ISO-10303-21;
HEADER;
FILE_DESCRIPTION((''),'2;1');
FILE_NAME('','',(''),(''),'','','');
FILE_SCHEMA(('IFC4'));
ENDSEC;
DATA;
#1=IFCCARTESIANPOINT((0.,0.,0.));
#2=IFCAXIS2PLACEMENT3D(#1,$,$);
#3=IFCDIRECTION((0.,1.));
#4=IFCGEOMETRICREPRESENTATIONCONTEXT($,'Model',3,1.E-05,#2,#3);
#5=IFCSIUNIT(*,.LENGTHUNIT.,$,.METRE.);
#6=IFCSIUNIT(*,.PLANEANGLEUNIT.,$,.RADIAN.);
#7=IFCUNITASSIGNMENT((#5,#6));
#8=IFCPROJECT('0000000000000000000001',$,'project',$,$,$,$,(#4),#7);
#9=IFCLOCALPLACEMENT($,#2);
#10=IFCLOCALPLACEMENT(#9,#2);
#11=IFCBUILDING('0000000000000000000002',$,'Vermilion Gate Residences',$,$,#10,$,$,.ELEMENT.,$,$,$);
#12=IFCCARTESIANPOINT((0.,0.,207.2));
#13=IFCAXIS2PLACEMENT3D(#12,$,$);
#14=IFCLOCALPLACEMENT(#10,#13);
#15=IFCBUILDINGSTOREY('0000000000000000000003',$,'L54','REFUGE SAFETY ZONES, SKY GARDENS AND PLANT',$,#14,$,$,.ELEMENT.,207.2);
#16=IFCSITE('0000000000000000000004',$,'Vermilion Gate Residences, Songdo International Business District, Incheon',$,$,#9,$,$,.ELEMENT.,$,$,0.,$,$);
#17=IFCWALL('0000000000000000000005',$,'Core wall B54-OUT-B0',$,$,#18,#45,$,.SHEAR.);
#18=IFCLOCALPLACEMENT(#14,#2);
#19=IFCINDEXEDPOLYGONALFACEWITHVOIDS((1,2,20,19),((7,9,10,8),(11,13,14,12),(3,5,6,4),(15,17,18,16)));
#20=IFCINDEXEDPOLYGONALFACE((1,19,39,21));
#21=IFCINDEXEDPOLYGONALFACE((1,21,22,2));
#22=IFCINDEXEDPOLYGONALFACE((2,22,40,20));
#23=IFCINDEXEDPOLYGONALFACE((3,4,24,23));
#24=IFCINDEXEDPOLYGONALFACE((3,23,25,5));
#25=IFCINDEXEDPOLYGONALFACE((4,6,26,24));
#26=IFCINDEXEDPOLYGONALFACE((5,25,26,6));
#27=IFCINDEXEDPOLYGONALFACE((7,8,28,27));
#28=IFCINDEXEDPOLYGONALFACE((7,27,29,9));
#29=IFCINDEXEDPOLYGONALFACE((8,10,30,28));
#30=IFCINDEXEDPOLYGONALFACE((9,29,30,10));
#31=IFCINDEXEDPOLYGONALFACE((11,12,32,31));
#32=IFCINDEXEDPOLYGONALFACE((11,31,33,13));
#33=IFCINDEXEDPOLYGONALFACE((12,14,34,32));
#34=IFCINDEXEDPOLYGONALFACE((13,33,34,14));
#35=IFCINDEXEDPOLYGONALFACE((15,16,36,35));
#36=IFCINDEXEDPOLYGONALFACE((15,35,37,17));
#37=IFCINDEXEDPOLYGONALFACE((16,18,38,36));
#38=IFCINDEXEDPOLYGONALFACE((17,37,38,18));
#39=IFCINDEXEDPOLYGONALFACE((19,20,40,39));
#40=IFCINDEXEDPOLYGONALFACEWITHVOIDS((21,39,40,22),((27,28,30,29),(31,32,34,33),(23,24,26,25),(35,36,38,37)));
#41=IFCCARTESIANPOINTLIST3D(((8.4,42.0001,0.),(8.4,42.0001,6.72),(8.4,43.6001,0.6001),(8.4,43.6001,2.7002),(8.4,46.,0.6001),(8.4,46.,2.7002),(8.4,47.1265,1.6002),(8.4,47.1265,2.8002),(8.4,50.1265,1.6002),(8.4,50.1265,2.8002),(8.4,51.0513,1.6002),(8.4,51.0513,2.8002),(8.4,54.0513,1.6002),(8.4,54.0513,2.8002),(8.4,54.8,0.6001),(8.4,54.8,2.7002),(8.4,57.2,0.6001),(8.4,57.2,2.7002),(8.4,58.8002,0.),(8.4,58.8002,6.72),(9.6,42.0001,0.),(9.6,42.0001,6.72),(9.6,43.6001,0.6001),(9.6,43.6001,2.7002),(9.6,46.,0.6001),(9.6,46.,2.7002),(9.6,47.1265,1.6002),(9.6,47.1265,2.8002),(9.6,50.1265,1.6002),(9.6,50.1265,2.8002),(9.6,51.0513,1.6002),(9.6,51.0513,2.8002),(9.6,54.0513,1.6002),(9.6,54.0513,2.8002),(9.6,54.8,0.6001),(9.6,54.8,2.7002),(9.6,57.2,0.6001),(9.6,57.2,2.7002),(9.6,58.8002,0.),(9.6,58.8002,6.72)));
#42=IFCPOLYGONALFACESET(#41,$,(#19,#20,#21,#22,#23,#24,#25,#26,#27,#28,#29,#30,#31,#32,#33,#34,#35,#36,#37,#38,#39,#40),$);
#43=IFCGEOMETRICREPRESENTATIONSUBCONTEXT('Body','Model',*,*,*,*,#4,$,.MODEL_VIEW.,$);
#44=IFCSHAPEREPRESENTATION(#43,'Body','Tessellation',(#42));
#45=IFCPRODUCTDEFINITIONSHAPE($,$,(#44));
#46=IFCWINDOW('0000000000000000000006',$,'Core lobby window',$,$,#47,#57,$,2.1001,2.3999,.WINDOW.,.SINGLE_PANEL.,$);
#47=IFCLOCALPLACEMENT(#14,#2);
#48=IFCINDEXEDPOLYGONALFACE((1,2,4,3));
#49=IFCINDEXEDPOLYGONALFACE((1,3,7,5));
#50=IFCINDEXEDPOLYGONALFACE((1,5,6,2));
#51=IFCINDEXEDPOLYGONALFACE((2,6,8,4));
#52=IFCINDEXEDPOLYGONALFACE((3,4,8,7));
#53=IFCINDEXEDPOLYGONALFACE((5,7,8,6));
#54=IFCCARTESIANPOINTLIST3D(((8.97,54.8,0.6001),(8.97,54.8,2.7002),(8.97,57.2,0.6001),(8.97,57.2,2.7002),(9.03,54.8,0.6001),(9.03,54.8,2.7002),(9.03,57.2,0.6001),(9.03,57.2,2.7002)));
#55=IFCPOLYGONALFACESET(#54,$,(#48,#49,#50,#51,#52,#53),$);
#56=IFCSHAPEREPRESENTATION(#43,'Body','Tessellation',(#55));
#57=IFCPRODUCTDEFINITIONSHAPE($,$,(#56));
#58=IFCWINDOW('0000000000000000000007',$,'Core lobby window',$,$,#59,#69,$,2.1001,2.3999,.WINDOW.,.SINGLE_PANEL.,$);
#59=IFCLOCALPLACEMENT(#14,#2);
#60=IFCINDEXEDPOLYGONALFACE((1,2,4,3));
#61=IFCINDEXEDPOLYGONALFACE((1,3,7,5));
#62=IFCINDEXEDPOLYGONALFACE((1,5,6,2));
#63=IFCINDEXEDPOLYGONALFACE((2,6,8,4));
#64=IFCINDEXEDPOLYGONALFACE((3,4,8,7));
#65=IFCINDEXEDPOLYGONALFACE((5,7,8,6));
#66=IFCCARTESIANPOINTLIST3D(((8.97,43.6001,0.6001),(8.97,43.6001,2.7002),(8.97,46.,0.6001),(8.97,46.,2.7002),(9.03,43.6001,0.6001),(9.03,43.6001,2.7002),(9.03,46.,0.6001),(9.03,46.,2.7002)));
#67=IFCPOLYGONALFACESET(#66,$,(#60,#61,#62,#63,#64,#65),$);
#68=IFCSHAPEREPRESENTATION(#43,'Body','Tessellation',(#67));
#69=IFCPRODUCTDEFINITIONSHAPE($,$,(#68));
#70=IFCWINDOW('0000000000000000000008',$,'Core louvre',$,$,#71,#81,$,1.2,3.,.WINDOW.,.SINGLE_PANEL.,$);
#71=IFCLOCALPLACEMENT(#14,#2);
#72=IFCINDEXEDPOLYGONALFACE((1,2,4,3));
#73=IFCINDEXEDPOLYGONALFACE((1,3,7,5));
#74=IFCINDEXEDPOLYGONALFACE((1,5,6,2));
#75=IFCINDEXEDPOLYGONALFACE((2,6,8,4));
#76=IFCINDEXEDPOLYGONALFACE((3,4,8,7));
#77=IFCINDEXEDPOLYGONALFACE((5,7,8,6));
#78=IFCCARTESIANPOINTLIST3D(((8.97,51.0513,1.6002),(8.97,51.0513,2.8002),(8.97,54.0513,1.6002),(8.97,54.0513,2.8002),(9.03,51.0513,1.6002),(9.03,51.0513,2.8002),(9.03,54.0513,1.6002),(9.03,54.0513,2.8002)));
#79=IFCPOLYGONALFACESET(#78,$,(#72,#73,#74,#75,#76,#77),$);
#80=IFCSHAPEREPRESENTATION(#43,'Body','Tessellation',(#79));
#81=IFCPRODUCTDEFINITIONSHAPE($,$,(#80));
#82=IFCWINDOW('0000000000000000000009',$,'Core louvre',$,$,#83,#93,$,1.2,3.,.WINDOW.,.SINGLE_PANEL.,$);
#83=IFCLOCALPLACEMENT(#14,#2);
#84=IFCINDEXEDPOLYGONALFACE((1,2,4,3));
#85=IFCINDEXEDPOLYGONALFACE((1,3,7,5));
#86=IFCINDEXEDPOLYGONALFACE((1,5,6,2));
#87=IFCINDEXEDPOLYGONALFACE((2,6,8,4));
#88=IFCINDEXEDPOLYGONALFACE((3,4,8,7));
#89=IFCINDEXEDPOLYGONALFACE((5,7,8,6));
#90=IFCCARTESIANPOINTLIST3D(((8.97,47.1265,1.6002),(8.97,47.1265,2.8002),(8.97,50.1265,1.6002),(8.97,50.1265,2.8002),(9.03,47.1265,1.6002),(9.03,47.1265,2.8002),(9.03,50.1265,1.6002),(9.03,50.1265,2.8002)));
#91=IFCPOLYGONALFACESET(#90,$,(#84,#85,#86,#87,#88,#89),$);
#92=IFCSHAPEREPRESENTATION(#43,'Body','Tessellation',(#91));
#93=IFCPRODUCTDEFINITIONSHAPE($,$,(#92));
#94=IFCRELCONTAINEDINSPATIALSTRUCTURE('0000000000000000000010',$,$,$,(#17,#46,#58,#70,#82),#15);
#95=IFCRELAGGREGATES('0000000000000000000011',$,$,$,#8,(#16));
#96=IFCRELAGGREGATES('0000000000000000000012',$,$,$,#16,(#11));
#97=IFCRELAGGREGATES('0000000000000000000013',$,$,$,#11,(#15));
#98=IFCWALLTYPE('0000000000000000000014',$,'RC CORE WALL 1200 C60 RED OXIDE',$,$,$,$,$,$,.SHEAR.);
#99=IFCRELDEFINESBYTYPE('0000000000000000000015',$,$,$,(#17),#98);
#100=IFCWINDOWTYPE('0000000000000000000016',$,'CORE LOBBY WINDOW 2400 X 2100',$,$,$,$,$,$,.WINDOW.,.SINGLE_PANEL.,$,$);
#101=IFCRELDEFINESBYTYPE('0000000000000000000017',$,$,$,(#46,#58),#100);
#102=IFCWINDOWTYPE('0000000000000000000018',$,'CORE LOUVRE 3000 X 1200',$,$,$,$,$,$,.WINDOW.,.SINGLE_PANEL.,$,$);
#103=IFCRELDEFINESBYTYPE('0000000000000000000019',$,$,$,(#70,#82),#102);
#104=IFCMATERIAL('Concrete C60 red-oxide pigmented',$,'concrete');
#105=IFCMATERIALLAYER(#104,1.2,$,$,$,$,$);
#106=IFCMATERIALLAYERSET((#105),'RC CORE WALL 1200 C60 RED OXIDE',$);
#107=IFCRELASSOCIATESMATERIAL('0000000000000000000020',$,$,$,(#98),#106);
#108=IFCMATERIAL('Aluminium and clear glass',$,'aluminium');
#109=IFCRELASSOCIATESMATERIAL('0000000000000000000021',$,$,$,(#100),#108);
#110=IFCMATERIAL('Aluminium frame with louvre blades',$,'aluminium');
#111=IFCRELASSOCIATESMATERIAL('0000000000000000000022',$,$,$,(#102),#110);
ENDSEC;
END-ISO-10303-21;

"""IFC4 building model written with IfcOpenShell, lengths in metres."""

from ifc_helpers import new_model, si_unit, direction, frame, frame_2d, origin, place, context, subcontext, project, spatial, rectangle, extrude, material, layer, layer_set, type_object, element, fill, save


model = new_model("IFC4")

# Units and contexts
model_context = context("Model", 3, precision=1e-05, world=origin(), true_north=direction((0.0, 1.0)))
body_context = subcontext(model_context, "Body", "Model", "MODEL_VIEW")
ifc_project = project(units=[si_unit("LENGTHUNIT", "METRE"), si_unit("PLANEANGLEUNIT", "RADIAN")], contexts=[model_context])

# Site, building, storey
site_placement = place(None, origin())
site = spatial("IfcSite", under=ifc_project, at=site_placement, Name="Vermilion Gate Residences, Songdo International Business District, Incheon", CompositionType="ELEMENT", RefElevation=0.0)
building_placement = place(site_placement, origin())
building = spatial("IfcBuilding", under=site, at=building_placement, Name="Vermilion Gate Residences", CompositionType="ELEMENT")
storey_placement = place(building_placement, frame((0.0, 0.0, 207.2)))
storey = spatial("IfcBuildingStorey", under=building, at=storey_placement, Name="L54", Description="REFUGE SAFETY ZONES, SKY GARDENS AND PLANT", CompositionType="ELEMENT", Elevation=207.2)

# Wall, openings, windows
ifc_material_1 = material(Name="Concrete C60 red-oxide pigmented", Category="concrete")
ifc_layer_1 = layer(ifc_material_1, 1.2)
ifc_layer_set_1 = layer_set([ifc_layer_1], Name="RC CORE WALL 1200 C60 RED OXIDE")
wall_type_1 = type_object("IfcWallType", Name="RC CORE WALL 1200 C60 RED OXIDE", PredefinedType="SHEAR", material=ifc_layer_set_1)
wall_1_placement = place(storey_placement, frame((9.0, 58.8, 0.0), z_axis=(0.0, 0.0, 1.0), x_axis=(0.0, -1.0, 0.0)))
wall_1 = element("IfcWall", 1, at=wall_1_placement, inside=storey, type_object=wall_type_1, Name="Core wall B54-OUT-B0", PredefinedType="SHEAR", context=body_context, shape_type="SweptSolid", body=[
    extrude(rectangle(XDim=16.8, YDim=1.2, at=frame_2d((8.3999, 0.0))), origin(), (0.0, 0.0, 1.0), 6.72),
])
opening_1_placement = place(wall_1_placement, frame((1.6001, 0.0, 0.6001)))
opening_1 = element("IfcOpeningElement", 2, at=opening_1_placement, cuts=wall_1, PredefinedType="OPENING", context=body_context, shape_type="SweptSolid", body=[
    extrude(rectangle(XDim=2.3999, YDim=2.1001, at=frame_2d((1.2, 1.05))), frame((0.0, 0.6099, 0.0), z_axis=(0.0, -1.0, 0.0), x_axis=(1.0, 0.0, 0.0)), (0.0, 0.0, 1.0), 1.22),
])
opening_2_placement = place(wall_1_placement, frame((4.7488, 0.0, 1.6001)))
opening_2 = element("IfcOpeningElement", 3, at=opening_2_placement, cuts=wall_1, PredefinedType="OPENING", context=body_context, shape_type="SweptSolid", body=[
    extrude(rectangle(XDim=3.0, YDim=1.2, at=frame_2d((1.5, 0.6001))), frame((0.0, 0.6099, 0.0), z_axis=(0.0, -1.0, 0.0), x_axis=(1.0, 0.0, 0.0)), (0.0, 0.0, 1.0), 1.22),
])
opening_3_placement = place(wall_1_placement, frame((8.6736, 0.0, 1.6001)))
opening_3 = element("IfcOpeningElement", 4, at=opening_3_placement, cuts=wall_1, PredefinedType="OPENING", context=body_context, shape_type="SweptSolid", body=[
    extrude(rectangle(XDim=3.0, YDim=1.2, at=frame_2d((1.5, 0.6001))), frame((0.0, 0.6099, 0.0), z_axis=(0.0, -1.0, 0.0), x_axis=(1.0, 0.0, 0.0)), (0.0, 0.0, 1.0), 1.22),
])
opening_4_placement = place(wall_1_placement, frame((12.8, 0.0, 0.6001)))
opening_4 = element("IfcOpeningElement", 5, at=opening_4_placement, cuts=wall_1, PredefinedType="OPENING", context=body_context, shape_type="SweptSolid", body=[
    extrude(rectangle(XDim=2.3999, YDim=2.1001, at=frame_2d((1.2, 1.05))), frame((0.0, 0.6099, 0.0), z_axis=(0.0, -1.0, 0.0), x_axis=(1.0, 0.0, 0.0)), (0.0, 0.0, 1.0), 1.22),
])
ifc_material_2 = material(Name="Aluminium and clear glass", Category="aluminium")
window_type_1 = type_object("IfcWindowType", Name="CORE LOBBY WINDOW 2400 X 2100", PartitioningType="SINGLE_PANEL", PredefinedType="WINDOW", material=ifc_material_2)
window_1_placement = place(opening_1_placement, origin())
window_1 = element("IfcWindow", 6, at=window_1_placement, inside=storey, type_object=window_type_1, Name="Core lobby window", OverallHeight=2.1001, OverallWidth=2.3999, PartitioningType="SINGLE_PANEL", PredefinedType="WINDOW", context=body_context, shape_type="SweptSolid", body=[
    extrude(rectangle(XDim=2.3999, YDim=2.1001, at=frame_2d((1.2, 1.05))), frame((0.0, 0.03, 0.0), z_axis=(0.0, -1.0, 0.0), x_axis=(1.0, 0.0, 0.0)), (0.0, 0.0, 1.0), 0.0601),
])
fill(opening_1, window_1)
window_2_placement = place(opening_4_placement, origin())
window_2 = element("IfcWindow", 7, at=window_2_placement, inside=storey, type_object=window_type_1, Name="Core lobby window", OverallHeight=2.1001, OverallWidth=2.3999, PartitioningType="SINGLE_PANEL", PredefinedType="WINDOW", context=body_context, shape_type="SweptSolid", body=[
    extrude(rectangle(XDim=2.3999, YDim=2.1001, at=frame_2d((1.2, 1.05))), frame((0.0, 0.03, 0.0), z_axis=(0.0, -1.0, 0.0), x_axis=(1.0, 0.0, 0.0)), (0.0, 0.0, 1.0), 0.0601),
])
fill(opening_4, window_2)
ifc_material_3 = material(Name="Aluminium frame with louvre blades", Category="aluminium")
window_type_2 = type_object("IfcWindowType", Name="CORE LOUVRE 3000 X 1200", PartitioningType="SINGLE_PANEL", PredefinedType="WINDOW", material=ifc_material_3)
window_3_placement = place(opening_2_placement, origin())
window_3 = element("IfcWindow", 8, at=window_3_placement, inside=storey, type_object=window_type_2, Name="Core louvre", OverallHeight=1.2, OverallWidth=3.0, PartitioningType="SINGLE_PANEL", PredefinedType="WINDOW", context=body_context, shape_type="SweptSolid", body=[
    extrude(rectangle(XDim=3.0, YDim=1.2, at=frame_2d((1.5, 0.6001))), frame((0.0, 0.03, 0.0), z_axis=(0.0, -1.0, 0.0), x_axis=(1.0, 0.0, 0.0)), (0.0, 0.0, 1.0), 0.0601),
])
fill(opening_2, window_3)
window_4_placement = place(opening_3_placement, origin())
window_4 = element("IfcWindow", 9, at=window_4_placement, inside=storey, type_object=window_type_2, Name="Core louvre", OverallHeight=1.2, OverallWidth=3.0, PartitioningType="SINGLE_PANEL", PredefinedType="WINDOW", context=body_context, shape_type="SweptSolid", body=[
    extrude(rectangle(XDim=3.0, YDim=1.2, at=frame_2d((1.5, 0.6001))), frame((0.0, 0.03, 0.0), z_axis=(0.0, -1.0, 0.0), x_axis=(1.0, 0.0, 0.0)), (0.0, 0.0, 1.0), 0.0601),
])
fill(opening_3, window_4)

save(model, "model.ifc")
